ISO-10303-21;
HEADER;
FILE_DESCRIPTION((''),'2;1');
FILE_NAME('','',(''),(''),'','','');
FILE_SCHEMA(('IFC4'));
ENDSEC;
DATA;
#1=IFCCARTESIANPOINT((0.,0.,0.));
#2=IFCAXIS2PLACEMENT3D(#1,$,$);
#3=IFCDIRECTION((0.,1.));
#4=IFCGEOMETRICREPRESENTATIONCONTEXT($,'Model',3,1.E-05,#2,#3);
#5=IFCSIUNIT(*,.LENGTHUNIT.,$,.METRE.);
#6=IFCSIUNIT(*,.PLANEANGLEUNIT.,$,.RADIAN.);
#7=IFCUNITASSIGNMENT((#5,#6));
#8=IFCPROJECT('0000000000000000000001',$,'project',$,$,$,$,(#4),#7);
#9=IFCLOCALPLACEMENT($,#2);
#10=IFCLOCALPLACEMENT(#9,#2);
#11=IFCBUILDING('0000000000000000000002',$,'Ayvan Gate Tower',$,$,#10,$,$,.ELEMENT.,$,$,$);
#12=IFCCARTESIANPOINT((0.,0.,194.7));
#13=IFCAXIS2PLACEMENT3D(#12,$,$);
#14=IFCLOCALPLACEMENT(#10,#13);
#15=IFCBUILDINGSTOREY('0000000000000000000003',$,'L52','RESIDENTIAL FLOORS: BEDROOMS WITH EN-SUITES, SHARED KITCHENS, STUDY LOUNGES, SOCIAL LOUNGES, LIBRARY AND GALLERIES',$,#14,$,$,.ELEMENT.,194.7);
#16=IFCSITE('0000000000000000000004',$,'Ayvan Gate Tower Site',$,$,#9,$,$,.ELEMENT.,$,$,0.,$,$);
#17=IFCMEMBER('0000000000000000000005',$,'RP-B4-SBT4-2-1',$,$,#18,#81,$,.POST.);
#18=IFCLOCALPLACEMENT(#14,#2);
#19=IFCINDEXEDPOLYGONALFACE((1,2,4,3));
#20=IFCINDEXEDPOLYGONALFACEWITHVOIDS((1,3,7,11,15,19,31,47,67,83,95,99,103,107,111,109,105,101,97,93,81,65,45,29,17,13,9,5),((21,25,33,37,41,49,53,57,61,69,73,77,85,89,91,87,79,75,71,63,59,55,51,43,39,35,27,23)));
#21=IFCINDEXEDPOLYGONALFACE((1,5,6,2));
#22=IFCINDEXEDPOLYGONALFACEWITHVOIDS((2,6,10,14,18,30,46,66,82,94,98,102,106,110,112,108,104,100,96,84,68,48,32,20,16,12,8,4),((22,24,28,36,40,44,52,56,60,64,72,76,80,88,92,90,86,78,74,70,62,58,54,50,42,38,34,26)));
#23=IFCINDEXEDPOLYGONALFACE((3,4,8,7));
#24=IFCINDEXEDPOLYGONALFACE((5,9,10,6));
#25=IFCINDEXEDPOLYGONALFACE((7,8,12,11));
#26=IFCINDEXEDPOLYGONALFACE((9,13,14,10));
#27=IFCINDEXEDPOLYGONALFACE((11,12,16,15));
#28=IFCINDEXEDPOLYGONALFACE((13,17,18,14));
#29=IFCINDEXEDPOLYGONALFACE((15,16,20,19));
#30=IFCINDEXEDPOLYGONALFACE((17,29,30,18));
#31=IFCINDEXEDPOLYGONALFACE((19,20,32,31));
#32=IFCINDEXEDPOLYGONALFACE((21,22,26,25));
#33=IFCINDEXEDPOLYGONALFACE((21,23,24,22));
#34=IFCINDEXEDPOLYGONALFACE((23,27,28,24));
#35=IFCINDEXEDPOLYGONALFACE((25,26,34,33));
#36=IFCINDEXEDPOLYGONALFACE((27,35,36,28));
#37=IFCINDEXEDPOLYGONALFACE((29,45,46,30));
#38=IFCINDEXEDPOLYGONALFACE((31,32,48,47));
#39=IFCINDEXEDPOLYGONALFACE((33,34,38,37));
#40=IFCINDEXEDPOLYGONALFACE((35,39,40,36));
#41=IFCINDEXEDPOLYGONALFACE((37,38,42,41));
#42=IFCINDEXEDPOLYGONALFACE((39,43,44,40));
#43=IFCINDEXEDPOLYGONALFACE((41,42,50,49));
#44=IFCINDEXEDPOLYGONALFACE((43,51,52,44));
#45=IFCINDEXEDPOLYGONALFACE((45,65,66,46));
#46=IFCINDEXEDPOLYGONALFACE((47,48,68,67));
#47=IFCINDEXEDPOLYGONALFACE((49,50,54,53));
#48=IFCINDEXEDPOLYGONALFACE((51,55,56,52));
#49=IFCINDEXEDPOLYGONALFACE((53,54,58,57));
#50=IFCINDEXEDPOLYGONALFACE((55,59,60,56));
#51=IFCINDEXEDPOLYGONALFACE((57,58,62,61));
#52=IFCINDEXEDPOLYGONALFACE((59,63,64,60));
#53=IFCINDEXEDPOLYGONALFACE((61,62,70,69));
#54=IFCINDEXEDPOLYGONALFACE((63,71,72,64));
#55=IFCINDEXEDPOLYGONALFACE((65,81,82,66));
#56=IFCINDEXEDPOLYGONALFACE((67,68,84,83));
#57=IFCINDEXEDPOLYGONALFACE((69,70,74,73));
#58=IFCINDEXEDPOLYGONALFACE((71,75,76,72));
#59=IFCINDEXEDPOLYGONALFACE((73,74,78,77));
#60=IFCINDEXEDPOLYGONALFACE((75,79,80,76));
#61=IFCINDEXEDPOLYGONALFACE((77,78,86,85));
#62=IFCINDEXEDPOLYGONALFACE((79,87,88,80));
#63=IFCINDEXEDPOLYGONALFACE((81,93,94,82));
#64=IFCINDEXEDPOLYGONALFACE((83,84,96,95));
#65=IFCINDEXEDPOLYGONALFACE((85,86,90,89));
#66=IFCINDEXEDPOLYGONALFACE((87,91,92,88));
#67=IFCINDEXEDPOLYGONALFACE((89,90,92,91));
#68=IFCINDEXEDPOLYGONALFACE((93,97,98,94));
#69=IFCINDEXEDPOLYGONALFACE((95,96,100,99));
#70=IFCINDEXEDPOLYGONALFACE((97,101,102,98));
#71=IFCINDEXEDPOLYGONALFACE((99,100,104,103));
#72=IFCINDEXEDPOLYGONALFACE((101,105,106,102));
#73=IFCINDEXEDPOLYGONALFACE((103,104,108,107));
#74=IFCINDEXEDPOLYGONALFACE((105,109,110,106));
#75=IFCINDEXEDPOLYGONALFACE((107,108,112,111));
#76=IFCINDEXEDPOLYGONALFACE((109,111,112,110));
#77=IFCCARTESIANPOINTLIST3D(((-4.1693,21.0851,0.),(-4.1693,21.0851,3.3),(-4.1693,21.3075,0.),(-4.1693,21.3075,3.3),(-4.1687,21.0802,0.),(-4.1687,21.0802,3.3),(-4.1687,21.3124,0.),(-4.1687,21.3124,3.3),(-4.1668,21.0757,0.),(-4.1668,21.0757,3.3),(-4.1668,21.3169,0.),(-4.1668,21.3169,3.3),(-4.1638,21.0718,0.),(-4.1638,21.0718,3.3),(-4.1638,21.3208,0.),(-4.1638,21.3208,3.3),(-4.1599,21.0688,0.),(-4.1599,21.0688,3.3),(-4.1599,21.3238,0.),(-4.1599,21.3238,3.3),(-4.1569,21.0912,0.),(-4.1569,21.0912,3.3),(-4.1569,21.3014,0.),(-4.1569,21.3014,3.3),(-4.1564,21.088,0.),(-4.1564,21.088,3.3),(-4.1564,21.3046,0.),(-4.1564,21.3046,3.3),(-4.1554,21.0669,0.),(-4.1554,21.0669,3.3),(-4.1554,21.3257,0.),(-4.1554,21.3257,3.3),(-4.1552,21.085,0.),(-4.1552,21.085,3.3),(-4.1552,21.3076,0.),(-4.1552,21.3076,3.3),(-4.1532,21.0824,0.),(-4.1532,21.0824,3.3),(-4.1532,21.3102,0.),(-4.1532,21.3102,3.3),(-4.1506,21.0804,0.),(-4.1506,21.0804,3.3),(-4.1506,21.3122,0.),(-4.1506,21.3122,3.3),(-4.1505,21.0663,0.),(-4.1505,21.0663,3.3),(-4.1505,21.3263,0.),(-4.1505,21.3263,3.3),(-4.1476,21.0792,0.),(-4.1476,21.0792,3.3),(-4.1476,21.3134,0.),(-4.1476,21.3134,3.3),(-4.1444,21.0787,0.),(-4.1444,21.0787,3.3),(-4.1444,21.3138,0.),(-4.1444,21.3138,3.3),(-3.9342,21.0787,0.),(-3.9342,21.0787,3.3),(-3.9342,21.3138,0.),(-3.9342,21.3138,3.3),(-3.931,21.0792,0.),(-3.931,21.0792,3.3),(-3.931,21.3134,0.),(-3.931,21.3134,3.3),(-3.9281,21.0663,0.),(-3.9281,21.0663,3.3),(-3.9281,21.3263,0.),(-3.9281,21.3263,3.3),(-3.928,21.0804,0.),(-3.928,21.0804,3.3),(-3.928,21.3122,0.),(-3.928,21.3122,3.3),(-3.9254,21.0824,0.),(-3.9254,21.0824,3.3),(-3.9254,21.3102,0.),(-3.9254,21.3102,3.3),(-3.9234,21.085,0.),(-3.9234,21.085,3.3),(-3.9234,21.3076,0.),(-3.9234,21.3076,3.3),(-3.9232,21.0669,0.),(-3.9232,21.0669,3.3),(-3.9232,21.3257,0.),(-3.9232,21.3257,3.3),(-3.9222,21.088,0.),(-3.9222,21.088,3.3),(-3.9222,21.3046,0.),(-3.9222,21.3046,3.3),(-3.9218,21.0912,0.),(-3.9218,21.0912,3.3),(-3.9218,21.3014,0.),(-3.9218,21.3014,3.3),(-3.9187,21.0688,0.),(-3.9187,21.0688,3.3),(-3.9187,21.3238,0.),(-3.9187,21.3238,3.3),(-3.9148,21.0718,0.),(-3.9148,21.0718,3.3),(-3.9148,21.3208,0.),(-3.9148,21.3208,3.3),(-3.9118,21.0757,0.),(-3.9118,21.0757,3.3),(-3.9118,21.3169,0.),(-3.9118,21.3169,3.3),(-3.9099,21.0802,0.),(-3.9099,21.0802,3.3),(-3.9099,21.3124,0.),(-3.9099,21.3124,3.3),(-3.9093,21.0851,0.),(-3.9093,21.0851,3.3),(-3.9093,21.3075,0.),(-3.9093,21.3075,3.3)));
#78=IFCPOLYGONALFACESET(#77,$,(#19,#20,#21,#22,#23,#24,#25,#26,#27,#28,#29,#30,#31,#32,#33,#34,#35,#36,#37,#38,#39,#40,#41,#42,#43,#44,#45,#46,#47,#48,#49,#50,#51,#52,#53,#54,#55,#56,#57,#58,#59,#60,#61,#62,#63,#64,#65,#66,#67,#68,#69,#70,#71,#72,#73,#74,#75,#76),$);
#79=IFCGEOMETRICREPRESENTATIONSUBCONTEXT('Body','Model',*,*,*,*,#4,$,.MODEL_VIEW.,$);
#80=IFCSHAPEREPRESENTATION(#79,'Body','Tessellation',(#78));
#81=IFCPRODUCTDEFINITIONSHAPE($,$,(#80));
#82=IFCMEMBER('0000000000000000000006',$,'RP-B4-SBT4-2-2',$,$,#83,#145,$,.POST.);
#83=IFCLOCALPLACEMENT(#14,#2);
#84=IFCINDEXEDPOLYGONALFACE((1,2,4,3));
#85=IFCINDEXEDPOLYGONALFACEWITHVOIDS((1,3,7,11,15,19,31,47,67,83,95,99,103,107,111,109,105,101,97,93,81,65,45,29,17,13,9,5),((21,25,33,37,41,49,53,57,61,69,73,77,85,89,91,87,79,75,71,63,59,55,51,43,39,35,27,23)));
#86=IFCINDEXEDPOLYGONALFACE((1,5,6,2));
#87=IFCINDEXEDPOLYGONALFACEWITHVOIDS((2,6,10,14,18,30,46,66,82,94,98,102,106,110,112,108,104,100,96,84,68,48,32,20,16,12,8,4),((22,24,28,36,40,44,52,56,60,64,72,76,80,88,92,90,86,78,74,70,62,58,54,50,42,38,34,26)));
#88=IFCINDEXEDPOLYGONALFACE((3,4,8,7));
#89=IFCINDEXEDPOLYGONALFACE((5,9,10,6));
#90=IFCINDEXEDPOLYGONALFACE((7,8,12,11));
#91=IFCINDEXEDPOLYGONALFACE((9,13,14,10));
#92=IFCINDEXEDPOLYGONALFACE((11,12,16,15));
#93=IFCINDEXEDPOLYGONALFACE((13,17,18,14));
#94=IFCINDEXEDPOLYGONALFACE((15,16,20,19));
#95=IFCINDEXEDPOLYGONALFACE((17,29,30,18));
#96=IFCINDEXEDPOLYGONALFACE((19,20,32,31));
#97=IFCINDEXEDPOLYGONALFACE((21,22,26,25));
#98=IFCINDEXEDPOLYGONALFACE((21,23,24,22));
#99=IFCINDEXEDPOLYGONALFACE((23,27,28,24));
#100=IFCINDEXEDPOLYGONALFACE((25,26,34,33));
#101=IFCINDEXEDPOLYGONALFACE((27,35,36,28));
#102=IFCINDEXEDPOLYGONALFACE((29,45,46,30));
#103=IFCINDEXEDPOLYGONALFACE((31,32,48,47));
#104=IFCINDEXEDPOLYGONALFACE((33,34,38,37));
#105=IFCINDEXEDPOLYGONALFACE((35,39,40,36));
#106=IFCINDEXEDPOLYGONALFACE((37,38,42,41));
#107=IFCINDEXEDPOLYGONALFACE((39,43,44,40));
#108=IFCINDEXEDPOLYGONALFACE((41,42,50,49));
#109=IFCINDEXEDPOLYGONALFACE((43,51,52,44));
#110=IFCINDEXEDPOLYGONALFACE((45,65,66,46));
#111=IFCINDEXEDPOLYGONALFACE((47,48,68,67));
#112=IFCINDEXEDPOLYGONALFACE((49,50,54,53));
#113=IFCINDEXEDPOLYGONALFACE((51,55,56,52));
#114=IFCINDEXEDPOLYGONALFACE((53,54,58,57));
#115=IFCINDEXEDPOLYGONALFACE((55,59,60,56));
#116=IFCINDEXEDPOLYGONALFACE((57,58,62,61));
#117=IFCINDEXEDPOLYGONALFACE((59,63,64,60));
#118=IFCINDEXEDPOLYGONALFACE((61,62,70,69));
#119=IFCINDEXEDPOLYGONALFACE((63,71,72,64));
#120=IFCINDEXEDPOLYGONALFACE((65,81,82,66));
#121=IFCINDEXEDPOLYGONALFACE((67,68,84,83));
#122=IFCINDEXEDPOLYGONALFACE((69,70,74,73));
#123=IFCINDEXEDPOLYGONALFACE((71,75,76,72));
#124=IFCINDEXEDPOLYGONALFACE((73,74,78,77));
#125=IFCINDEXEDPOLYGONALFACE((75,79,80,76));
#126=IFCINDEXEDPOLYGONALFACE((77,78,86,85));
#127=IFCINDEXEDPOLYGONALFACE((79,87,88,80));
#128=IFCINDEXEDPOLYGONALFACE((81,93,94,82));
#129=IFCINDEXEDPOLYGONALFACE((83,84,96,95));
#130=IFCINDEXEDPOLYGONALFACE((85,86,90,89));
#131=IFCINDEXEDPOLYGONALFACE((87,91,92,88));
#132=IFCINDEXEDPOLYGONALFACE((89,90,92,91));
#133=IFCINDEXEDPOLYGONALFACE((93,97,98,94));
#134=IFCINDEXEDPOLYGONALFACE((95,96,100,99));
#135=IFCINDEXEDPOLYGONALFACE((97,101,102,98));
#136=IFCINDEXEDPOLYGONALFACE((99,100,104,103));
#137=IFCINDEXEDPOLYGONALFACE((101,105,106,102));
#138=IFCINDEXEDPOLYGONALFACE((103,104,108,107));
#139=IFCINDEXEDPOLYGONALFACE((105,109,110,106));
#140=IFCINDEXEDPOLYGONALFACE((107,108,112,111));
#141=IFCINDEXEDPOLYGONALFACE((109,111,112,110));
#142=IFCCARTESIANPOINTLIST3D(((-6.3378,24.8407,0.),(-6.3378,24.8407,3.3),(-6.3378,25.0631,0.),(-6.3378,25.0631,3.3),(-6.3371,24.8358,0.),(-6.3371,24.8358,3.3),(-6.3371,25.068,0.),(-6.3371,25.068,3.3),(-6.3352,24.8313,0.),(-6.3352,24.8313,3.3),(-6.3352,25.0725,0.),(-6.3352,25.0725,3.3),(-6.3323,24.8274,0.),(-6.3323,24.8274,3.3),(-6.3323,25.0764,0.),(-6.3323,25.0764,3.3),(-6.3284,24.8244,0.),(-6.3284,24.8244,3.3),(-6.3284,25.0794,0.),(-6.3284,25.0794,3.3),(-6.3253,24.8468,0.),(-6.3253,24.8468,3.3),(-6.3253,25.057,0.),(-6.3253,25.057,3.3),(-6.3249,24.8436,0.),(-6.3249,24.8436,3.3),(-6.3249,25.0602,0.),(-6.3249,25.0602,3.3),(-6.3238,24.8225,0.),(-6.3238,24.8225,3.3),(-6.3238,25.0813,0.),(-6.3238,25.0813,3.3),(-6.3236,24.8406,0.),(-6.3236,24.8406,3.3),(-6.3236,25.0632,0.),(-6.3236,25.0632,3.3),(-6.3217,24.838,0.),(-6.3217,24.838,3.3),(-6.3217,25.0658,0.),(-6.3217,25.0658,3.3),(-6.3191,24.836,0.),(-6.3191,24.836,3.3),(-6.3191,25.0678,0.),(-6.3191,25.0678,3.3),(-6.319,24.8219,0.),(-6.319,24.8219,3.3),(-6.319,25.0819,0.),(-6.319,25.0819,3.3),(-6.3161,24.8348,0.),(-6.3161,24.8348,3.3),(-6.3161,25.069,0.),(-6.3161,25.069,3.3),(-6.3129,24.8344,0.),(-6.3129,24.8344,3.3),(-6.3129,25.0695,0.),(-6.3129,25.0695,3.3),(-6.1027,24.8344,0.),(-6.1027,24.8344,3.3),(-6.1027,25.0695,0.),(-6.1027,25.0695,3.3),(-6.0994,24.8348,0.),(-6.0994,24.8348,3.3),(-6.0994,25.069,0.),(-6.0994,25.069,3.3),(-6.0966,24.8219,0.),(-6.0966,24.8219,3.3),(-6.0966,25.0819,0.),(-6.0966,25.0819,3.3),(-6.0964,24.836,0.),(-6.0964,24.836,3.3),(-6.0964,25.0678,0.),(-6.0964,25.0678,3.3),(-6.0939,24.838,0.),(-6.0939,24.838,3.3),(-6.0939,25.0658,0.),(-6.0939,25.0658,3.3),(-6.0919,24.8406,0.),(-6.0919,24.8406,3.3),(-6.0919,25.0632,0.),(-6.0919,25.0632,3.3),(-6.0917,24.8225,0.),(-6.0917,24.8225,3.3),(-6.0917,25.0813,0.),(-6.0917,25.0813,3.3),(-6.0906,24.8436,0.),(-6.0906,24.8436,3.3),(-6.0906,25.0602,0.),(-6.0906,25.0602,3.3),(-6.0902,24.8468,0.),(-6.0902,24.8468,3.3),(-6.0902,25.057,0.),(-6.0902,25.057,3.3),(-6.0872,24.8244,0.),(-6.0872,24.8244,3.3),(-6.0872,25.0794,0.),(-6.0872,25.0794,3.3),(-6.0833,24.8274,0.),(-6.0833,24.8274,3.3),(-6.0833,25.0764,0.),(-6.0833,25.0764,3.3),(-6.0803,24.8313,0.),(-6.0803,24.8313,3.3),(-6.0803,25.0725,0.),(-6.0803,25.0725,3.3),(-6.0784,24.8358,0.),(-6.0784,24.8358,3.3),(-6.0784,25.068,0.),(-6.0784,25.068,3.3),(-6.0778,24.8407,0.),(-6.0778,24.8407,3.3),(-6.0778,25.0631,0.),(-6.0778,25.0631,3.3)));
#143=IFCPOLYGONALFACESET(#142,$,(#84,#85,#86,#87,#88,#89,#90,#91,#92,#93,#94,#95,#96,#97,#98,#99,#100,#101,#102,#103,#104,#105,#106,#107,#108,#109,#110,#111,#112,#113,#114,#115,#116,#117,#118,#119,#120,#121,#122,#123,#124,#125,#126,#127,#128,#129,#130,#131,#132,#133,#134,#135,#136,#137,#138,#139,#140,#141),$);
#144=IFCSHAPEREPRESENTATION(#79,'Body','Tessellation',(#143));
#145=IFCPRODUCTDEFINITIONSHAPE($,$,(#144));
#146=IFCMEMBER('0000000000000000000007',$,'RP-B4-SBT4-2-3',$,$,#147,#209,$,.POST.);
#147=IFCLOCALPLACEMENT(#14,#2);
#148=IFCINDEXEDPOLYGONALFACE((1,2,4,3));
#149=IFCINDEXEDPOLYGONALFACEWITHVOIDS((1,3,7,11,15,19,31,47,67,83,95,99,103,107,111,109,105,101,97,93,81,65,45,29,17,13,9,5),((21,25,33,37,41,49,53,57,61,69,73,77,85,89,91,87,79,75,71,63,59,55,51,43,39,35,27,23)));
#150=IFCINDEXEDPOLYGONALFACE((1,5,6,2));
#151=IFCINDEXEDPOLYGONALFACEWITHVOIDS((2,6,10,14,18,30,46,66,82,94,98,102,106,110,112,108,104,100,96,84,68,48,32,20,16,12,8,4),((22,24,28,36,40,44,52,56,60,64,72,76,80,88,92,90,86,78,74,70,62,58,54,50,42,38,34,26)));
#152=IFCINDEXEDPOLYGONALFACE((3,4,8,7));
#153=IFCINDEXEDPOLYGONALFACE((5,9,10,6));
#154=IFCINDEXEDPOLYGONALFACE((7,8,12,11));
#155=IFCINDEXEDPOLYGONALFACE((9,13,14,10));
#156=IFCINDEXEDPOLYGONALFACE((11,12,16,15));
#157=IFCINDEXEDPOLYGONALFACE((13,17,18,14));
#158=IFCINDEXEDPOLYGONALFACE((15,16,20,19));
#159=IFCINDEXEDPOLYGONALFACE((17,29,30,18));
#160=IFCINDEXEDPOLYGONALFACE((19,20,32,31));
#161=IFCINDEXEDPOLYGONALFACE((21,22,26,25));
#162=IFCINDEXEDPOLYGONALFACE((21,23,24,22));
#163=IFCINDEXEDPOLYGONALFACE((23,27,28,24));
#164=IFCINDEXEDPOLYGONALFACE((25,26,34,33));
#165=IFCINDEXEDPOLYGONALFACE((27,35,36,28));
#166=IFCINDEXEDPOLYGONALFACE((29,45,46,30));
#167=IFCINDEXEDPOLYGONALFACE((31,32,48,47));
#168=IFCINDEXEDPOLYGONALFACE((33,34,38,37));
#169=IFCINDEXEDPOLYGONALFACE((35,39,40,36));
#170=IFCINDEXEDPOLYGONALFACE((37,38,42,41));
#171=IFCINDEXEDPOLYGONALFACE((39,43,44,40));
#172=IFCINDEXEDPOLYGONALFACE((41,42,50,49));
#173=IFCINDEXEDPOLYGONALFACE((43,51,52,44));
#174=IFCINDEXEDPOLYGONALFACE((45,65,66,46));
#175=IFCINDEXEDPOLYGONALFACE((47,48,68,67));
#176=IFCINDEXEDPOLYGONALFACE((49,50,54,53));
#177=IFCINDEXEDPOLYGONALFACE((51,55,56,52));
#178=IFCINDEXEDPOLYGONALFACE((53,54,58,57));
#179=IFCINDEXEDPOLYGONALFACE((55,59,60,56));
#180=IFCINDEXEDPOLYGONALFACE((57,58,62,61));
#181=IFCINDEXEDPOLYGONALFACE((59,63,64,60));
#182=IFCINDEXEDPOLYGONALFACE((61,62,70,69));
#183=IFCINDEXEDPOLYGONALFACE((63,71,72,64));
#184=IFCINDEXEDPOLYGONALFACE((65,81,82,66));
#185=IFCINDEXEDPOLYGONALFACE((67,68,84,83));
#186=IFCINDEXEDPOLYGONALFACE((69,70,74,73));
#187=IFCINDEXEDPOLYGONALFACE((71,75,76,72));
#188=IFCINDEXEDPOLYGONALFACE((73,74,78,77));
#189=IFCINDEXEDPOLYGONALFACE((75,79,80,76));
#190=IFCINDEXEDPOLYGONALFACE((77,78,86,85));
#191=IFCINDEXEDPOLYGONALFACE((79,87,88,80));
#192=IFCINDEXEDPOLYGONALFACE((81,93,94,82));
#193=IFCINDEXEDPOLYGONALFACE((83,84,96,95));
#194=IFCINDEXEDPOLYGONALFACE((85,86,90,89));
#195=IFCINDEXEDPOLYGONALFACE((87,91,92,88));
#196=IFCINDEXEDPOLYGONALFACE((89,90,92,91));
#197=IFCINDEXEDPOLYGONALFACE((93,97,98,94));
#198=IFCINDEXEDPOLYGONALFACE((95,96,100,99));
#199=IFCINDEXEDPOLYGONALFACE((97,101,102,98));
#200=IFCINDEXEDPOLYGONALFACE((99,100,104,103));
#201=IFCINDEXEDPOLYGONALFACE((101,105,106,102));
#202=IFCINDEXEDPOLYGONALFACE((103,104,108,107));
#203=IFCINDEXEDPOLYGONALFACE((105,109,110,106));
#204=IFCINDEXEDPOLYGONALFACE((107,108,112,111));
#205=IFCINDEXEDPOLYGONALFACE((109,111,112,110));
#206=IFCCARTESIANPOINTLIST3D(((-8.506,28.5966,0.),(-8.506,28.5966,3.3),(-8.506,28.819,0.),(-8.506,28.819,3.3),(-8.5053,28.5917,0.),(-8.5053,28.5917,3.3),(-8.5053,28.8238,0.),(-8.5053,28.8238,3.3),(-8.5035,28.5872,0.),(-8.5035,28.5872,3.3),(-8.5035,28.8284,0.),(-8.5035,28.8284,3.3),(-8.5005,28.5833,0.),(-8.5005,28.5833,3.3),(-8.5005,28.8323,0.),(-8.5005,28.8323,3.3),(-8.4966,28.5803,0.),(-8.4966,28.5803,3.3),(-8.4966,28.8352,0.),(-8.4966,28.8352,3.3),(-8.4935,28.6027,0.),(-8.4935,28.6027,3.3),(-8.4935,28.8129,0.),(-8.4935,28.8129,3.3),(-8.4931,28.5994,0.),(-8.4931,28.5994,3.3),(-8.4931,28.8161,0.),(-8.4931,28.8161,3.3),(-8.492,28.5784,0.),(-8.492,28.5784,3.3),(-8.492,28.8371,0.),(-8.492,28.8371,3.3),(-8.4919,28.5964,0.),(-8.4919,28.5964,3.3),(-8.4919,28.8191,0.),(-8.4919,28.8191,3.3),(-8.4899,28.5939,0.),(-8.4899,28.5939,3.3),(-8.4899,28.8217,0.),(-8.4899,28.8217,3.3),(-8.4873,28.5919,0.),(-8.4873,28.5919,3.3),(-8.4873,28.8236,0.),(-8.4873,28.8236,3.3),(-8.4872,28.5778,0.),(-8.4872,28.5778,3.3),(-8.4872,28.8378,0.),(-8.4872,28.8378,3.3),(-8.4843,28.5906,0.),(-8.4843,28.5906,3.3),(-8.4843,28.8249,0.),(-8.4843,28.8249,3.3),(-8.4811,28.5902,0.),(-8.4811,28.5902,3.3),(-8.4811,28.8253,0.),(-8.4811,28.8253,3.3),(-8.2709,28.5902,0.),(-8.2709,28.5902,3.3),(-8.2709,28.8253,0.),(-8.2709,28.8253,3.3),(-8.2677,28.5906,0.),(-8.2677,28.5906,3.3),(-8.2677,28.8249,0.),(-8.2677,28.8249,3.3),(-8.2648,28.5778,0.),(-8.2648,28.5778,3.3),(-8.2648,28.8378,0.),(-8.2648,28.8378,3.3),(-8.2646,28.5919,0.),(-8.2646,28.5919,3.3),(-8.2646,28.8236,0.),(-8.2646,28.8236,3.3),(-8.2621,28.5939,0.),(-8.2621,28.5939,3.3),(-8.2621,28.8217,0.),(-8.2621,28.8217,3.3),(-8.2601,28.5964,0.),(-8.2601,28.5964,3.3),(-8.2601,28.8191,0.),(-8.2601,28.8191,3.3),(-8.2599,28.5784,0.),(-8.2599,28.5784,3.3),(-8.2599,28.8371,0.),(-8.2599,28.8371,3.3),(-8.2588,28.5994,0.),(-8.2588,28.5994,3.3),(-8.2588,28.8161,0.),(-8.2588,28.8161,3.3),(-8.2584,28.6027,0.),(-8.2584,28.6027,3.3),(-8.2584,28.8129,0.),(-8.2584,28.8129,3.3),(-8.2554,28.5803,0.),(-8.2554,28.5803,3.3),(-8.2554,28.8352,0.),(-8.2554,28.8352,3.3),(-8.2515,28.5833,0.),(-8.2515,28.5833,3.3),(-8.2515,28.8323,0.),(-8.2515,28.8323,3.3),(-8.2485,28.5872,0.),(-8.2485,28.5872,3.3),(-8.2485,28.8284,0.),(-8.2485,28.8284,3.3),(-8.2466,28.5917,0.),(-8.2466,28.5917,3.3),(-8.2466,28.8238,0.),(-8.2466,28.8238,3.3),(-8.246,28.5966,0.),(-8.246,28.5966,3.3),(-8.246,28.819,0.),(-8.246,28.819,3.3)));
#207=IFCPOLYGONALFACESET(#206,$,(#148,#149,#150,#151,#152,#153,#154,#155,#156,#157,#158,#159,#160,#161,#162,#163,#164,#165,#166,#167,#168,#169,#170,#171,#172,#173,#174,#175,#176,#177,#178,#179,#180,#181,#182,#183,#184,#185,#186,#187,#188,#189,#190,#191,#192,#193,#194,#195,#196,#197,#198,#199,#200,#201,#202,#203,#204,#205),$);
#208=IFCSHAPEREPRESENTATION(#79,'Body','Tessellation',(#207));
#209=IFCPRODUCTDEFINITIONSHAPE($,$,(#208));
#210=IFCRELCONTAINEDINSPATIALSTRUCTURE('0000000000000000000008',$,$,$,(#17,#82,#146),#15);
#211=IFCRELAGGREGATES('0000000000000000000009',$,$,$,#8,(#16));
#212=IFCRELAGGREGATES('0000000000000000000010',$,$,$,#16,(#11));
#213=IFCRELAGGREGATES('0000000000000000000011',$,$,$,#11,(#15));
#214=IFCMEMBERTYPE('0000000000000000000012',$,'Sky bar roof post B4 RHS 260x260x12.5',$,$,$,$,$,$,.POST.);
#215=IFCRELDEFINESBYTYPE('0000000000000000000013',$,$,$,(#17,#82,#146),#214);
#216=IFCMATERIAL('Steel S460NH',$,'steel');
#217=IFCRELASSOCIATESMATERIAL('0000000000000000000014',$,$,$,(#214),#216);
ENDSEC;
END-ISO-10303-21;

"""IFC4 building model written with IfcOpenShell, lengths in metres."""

from ifc_helpers import new_model, si_unit, direction, frame, origin, origin_2d, place, context, subcontext, project, spatial, hollow_rectangle, extrude, material, material_profile, profile_set, type_object, element, save


model = new_model("IFC4")

# Units and contexts
model_context = context("Model", 3, precision=1e-05, world=origin(), true_north=direction((0.0, 1.0)))
body_context = subcontext(model_context, "Body", "Model", "MODEL_VIEW")
ifc_project = project(units=[si_unit("LENGTHUNIT", "METRE"), si_unit("PLANEANGLEUNIT", "RADIAN")], contexts=[model_context])

# Site, building, storey
site_placement = place(None, origin())
site = spatial("IfcSite", under=ifc_project, at=site_placement, Name="Ayvan Gate Tower Site", CompositionType="ELEMENT", RefElevation=0.0)
building_placement = place(site_placement, origin())
building = spatial("IfcBuilding", under=site, at=building_placement, Name="Ayvan Gate Tower", CompositionType="ELEMENT")
storey_placement = place(building_placement, frame((0.0, 0.0, 194.7)))
storey = spatial("IfcBuildingStorey", under=building, at=storey_placement, Name="L52", Description="RESIDENTIAL FLOORS: BEDROOMS WITH EN-SUITES, SHARED KITCHENS, STUDY LOUNGES, SOCIAL LOUNGES, LIBRARY AND GALLERIES", CompositionType="ELEMENT", Elevation=194.7)

# Members
ifc_material_1 = material(Name="Steel S460NH", Category="steel")
ifc_material_profile_1 = material_profile(ifc_material_1, hollow_rectangle(XDim=0.26, YDim=0.26, WallThickness=0.0125, InnerFilletRadius=0.0125, OuterFilletRadius=0.0188, at=origin_2d()), Name="RHS 260x260x12.5")
ifc_profile_set_1 = profile_set([ifc_material_profile_1], Name="Steel S460NH")
member_type_1 = type_object("IfcMemberType", Name="Sky bar roof post B4 RHS 260x260x12.5", PredefinedType="POST", material=ifc_profile_set_1)
for number, where, z_axis, x_axis, name in (
    (1, (-4.0393, 21.1963, 0.0), (0.0, 0.0, 1.0), (1.0, 0.0, 0.0), "RP-B4-SBT4-2-1"),
    (2, (-6.2078, 24.9519, 0.0), (0.0, 0.0, 1.0), (1.0, 0.0, 0.0), "RP-B4-SBT4-2-2"),
    (3, (-8.376, 28.7078, 0.0), (0.0, 0.0, 1.0), (1.0, 0.0, 0.0), "RP-B4-SBT4-2-3"),
):
    element("IfcMember", number, at=place(storey_placement, frame(where, z_axis=z_axis, x_axis=x_axis)), inside=storey, type_object=member_type_1, Name=name, PredefinedType="POST", context=body_context, shape_type="SweptSolid", body=[
        extrude(hollow_rectangle(XDim=0.26, YDim=0.26, WallThickness=0.0125, InnerFilletRadius=0.0125, OuterFilletRadius=0.0188, at=origin_2d()), origin(), (0.0, 0.0, 1.0), 3.3),
    ])

save(model, "model.ifc")
